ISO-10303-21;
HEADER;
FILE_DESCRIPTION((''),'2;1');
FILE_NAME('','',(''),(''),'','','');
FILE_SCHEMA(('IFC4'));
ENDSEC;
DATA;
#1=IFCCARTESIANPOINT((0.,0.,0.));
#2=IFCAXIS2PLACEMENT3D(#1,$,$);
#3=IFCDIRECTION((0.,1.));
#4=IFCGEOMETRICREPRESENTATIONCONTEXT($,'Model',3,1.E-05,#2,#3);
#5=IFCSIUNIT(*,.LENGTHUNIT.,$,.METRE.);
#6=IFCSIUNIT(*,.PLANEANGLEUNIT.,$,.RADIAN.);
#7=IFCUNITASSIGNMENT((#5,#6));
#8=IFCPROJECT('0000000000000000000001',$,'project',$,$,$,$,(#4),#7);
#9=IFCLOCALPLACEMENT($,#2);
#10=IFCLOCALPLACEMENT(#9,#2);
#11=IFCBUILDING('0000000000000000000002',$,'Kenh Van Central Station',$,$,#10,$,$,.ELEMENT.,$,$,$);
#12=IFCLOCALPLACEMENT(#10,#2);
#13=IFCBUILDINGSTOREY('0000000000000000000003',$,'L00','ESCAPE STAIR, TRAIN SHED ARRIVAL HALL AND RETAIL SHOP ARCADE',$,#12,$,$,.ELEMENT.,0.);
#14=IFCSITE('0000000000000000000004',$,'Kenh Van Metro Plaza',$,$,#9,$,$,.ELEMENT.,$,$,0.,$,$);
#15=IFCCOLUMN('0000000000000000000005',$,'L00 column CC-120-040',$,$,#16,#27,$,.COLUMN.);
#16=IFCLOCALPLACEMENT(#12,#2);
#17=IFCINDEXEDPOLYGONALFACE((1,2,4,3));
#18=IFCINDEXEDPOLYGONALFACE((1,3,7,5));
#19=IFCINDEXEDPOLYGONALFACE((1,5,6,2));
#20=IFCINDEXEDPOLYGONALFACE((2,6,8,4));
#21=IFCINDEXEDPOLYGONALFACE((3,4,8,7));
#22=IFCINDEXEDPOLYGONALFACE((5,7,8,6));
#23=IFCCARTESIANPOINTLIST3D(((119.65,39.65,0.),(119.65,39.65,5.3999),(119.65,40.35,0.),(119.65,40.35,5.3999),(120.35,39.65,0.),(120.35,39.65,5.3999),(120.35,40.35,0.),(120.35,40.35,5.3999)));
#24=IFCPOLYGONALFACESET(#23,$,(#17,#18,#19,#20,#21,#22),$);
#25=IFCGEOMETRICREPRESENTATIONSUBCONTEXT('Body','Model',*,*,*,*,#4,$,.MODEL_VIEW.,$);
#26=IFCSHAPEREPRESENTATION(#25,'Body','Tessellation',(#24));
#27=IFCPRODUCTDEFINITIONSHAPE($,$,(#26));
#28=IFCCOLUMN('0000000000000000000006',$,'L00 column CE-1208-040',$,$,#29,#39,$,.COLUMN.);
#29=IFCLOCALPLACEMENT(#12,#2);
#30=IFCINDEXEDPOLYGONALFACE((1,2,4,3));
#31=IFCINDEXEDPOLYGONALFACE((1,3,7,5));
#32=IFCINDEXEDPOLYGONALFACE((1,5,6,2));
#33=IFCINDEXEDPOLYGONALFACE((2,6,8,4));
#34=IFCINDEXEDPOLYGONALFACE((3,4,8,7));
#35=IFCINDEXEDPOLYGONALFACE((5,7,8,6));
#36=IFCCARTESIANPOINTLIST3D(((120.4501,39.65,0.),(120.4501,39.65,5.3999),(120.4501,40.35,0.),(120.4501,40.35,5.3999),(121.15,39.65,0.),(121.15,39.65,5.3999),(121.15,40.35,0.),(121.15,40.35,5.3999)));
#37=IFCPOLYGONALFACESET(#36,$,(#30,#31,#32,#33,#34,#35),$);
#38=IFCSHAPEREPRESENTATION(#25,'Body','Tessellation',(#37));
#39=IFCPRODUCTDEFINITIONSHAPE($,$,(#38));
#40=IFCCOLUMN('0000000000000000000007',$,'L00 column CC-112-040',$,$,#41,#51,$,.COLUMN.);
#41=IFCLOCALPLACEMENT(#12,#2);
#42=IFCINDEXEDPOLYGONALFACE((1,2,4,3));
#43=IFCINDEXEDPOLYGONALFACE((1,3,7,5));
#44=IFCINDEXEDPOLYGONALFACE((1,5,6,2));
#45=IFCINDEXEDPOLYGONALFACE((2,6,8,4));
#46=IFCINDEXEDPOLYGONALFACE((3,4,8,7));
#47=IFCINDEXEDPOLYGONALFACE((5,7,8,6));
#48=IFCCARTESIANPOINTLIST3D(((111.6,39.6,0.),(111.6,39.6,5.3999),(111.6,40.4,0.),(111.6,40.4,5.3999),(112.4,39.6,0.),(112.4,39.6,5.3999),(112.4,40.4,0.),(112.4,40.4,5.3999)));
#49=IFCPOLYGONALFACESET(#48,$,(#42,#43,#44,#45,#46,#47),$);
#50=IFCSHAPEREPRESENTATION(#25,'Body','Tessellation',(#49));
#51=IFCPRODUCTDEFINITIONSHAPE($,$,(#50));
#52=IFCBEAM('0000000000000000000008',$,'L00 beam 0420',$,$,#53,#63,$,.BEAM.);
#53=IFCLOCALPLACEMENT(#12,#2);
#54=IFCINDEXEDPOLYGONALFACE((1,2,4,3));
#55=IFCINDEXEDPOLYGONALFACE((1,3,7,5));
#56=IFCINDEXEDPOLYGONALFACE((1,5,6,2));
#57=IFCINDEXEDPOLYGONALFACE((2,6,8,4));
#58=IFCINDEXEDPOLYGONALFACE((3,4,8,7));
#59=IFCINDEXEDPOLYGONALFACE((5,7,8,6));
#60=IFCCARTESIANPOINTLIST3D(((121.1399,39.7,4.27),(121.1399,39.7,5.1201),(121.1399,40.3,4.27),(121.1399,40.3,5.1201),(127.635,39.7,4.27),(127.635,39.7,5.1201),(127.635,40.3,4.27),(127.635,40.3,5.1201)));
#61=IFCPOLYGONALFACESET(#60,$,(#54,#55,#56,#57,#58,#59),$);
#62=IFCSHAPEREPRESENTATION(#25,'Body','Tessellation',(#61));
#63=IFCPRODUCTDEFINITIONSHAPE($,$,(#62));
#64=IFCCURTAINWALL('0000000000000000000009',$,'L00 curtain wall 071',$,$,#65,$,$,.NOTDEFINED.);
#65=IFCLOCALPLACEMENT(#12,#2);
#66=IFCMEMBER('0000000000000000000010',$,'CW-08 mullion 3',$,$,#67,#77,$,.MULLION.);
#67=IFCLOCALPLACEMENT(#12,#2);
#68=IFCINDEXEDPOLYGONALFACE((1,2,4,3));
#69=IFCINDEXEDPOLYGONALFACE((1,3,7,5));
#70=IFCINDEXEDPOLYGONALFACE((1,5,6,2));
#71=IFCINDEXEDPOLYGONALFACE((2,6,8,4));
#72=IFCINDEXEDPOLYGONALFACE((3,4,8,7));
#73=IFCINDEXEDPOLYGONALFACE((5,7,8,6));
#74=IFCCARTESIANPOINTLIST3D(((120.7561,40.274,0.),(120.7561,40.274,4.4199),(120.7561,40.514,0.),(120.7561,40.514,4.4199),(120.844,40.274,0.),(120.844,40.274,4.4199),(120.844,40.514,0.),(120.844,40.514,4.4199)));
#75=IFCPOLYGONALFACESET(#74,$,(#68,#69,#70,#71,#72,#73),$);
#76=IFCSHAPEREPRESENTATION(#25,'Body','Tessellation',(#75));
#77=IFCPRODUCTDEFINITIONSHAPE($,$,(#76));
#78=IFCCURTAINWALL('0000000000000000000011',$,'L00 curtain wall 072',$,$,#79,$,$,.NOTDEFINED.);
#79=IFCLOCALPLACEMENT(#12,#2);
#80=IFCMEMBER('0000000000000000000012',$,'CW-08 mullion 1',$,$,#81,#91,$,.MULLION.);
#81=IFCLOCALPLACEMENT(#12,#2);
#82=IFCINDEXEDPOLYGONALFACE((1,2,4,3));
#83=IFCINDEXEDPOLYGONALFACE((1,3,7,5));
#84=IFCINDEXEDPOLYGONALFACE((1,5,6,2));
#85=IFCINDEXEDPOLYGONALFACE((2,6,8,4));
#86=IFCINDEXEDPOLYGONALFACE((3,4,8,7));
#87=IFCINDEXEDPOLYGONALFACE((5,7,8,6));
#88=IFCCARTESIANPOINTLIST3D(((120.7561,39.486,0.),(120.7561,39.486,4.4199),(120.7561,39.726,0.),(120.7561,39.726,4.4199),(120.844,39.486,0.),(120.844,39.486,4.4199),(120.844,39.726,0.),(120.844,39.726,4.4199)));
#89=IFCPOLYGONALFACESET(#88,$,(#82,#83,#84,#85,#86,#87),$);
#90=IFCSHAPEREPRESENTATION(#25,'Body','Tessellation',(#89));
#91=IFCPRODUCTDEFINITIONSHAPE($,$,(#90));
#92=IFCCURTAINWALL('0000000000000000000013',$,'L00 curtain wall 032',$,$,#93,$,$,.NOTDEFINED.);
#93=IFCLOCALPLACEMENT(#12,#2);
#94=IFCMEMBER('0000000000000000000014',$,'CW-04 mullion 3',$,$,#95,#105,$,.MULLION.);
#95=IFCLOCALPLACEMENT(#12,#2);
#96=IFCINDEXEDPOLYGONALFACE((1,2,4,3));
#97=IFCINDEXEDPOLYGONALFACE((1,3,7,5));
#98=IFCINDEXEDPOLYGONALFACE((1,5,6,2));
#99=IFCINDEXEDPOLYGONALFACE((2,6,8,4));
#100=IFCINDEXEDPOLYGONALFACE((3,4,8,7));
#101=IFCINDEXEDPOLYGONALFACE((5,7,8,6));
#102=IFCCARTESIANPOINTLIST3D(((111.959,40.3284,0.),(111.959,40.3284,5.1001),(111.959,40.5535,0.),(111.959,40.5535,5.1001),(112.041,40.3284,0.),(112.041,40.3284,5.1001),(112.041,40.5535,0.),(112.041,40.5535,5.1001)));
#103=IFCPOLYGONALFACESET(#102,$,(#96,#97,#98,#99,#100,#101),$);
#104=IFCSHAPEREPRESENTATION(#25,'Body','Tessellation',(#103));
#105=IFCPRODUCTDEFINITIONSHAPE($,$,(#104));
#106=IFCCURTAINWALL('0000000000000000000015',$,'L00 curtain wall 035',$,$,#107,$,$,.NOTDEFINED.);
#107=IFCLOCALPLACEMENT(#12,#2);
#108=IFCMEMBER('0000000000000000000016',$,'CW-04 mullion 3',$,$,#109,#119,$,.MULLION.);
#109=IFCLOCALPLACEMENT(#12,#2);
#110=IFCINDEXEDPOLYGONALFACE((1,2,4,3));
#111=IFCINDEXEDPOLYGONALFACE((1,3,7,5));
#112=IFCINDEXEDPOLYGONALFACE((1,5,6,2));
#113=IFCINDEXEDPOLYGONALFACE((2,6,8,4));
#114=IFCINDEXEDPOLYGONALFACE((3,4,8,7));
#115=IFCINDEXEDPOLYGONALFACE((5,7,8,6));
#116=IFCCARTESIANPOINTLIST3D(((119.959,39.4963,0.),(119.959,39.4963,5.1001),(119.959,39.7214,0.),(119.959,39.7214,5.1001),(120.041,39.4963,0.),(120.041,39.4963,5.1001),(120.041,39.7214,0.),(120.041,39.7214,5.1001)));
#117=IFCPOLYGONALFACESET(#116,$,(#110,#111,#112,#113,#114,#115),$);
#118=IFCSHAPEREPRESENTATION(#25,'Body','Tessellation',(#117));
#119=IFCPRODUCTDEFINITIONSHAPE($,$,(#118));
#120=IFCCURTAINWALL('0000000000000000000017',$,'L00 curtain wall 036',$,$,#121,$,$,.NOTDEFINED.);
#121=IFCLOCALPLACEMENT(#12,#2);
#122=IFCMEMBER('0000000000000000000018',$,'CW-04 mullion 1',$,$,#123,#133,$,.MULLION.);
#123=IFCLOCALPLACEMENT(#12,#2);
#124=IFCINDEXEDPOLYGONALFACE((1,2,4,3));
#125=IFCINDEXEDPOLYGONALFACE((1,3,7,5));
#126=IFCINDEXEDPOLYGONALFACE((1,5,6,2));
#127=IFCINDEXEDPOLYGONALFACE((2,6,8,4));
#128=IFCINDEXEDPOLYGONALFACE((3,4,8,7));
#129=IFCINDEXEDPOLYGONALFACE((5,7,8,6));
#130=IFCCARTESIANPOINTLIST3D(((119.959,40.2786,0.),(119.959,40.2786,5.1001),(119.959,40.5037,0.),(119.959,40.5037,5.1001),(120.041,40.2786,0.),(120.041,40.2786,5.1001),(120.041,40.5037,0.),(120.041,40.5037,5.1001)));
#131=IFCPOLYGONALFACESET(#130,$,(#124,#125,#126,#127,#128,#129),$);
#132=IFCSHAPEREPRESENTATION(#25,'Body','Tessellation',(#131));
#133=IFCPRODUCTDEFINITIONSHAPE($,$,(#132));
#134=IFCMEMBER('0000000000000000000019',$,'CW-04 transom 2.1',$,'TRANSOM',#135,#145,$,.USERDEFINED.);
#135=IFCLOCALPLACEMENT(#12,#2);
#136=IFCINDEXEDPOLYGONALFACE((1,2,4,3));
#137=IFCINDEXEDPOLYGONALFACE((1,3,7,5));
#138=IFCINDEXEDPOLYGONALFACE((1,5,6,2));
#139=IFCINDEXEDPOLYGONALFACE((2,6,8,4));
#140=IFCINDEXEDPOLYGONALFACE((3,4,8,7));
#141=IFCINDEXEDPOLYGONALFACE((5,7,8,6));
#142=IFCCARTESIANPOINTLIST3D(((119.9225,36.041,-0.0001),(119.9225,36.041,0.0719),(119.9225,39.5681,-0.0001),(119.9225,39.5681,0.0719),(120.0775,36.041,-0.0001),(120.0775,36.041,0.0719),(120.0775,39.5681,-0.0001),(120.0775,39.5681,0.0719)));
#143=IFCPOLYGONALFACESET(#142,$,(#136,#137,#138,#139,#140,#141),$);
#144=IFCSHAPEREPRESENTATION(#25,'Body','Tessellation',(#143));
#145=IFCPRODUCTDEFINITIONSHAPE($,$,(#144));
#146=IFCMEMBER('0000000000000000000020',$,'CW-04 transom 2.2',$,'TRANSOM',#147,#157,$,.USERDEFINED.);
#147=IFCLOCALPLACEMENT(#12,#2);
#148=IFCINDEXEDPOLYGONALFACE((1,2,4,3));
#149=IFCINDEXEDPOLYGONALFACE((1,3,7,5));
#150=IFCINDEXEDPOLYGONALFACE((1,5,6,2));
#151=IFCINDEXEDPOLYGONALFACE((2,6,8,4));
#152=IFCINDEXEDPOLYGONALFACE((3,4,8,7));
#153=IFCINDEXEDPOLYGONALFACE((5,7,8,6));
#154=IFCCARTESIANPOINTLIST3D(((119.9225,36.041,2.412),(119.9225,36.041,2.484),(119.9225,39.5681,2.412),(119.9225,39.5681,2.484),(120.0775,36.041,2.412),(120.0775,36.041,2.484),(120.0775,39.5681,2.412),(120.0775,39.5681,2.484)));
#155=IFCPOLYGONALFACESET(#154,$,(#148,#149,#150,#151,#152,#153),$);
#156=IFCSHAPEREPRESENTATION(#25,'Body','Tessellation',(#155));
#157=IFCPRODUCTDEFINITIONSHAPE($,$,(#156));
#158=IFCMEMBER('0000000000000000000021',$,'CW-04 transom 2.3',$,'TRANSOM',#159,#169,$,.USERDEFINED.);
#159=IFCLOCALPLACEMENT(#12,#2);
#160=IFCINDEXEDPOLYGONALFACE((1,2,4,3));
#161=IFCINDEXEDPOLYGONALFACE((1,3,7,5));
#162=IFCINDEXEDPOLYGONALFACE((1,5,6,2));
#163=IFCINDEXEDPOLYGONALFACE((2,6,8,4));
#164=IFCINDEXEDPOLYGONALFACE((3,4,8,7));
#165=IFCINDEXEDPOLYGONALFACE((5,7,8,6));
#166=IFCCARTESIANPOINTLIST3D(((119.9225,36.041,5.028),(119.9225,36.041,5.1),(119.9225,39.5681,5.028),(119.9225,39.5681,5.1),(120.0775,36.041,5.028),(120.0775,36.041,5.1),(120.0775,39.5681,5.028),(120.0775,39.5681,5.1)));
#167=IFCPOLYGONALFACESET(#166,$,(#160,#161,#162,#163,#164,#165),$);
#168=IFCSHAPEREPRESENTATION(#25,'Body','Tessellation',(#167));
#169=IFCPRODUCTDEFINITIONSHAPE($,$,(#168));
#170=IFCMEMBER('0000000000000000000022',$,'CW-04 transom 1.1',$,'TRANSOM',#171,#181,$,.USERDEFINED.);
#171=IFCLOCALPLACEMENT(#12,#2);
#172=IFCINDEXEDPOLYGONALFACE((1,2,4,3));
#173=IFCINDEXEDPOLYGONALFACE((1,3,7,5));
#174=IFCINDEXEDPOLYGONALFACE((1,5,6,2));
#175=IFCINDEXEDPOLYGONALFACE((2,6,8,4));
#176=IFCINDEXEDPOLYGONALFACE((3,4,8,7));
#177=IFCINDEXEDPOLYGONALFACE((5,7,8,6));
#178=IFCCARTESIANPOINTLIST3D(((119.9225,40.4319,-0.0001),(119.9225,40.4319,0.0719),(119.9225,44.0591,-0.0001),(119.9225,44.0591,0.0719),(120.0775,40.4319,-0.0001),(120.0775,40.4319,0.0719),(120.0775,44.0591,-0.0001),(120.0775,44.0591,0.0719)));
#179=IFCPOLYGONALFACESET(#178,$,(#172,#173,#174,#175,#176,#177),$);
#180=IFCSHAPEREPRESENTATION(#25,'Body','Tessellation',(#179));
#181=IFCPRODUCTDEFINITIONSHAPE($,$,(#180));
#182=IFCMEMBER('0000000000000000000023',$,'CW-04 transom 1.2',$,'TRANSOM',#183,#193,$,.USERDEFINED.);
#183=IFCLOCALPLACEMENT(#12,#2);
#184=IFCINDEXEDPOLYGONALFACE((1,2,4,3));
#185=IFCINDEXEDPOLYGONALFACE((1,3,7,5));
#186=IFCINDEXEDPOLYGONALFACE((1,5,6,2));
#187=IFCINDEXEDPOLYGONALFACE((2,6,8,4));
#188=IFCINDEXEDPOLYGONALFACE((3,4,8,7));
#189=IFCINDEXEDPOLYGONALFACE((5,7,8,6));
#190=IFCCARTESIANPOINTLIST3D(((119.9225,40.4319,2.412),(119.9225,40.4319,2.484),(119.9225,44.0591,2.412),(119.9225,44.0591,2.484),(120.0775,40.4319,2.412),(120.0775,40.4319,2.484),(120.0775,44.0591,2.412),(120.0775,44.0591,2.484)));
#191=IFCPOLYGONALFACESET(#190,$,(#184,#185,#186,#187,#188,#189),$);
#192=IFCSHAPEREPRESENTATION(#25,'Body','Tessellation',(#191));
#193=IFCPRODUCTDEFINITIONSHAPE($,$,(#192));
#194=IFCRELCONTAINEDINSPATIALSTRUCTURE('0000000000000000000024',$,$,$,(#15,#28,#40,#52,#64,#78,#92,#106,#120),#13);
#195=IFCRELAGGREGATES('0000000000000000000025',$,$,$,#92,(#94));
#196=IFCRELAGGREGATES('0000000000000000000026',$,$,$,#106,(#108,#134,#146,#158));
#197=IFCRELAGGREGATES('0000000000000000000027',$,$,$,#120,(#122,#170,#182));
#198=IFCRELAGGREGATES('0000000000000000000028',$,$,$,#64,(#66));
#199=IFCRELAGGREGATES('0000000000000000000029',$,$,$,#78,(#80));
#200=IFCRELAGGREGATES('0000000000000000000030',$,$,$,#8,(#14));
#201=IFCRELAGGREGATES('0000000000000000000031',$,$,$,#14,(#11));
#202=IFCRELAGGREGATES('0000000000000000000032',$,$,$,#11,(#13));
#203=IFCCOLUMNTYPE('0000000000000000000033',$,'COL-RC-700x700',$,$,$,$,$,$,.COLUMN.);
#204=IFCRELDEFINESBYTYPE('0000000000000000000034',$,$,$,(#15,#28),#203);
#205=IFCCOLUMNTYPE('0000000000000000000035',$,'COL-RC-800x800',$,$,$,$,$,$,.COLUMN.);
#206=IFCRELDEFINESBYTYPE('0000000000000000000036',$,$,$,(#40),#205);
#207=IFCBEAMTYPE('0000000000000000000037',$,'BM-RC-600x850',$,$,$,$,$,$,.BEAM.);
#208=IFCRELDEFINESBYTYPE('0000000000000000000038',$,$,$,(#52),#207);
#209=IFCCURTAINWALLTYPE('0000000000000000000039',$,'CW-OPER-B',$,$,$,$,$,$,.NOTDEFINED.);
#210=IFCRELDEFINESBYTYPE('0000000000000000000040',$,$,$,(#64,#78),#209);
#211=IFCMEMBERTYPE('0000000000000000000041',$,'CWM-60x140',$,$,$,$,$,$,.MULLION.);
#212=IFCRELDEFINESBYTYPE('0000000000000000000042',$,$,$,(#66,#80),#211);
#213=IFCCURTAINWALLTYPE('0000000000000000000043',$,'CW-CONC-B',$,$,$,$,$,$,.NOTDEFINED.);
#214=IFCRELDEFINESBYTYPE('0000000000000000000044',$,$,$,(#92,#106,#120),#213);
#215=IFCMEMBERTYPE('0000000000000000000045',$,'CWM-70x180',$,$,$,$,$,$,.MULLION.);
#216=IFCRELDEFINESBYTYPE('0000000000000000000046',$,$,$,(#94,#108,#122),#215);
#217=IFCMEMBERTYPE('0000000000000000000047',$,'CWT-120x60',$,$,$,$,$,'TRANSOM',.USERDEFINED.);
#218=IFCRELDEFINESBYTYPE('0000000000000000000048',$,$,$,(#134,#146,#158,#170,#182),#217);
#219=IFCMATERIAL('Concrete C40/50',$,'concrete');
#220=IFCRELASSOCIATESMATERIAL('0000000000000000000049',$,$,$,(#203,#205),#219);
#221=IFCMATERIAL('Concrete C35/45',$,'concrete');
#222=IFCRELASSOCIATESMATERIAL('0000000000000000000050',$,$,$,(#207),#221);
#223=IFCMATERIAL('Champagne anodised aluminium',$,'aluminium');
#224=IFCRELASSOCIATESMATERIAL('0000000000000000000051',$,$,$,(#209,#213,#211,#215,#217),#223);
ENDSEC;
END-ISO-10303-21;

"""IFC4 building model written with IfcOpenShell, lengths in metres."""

from ifc_helpers import new_model, si_unit, direction, frame, origin, origin_2d, place, context, subcontext, project, spatial, rectangle, extrude, material, material_profile, profile_set, type_object, element, aggregate, save


model = new_model("IFC4")

# Units and contexts
model_context = context("Model", 3, precision=1e-05, world=origin(), true_north=direction((0.0, 1.0)))
body_context = subcontext(model_context, "Body", "Model", "MODEL_VIEW")
ifc_project = project(units=[si_unit("LENGTHUNIT", "METRE"), si_unit("PLANEANGLEUNIT", "RADIAN")], contexts=[model_context])

# Site, building, storey
site_placement = place(None, origin())
site = spatial("IfcSite", under=ifc_project, at=site_placement, Name="Kenh Van Metro Plaza", CompositionType="ELEMENT", RefElevation=0.0)
building_placement = place(site_placement, origin())
building = spatial("IfcBuilding", under=site, at=building_placement, Name="Kenh Van Central Station", CompositionType="ELEMENT")
storey_placement = place(building_placement, origin())
storey = spatial("IfcBuildingStorey", under=building, at=storey_placement, Name="L00", Description="ESCAPE STAIR, TRAIN SHED ARRIVAL HALL AND RETAIL SHOP ARCADE", CompositionType="ELEMENT", Elevation=0.0)

# Columns
ifc_material_1 = material(Name="Concrete C40/50", Category="concrete")
ifc_material_profile_1 = material_profile(ifc_material_1, rectangle(XDim=0.7, YDim=0.7, at=origin_2d()), Name="RC 700x700")
ifc_profile_set_1 = profile_set([ifc_material_profile_1], Name="Concrete C40/50")
column_type_1 = type_object("IfcColumnType", Name="COL-RC-700x700", PredefinedType="COLUMN", material=ifc_profile_set_1)
for number, where, z_axis, x_axis, name in (
    (1, (120.0, 40.0, 0.0), (0.0, 0.0, 1.0), (1.0, 0.0, 0.0), "L00 column CC-120-040"),
    (2, (120.8, 40.0, 0.0), (0.0, 0.0, 1.0), (1.0, 0.0, 0.0), "L00 column CE-1208-040"),
):
    element("IfcColumn", number, at=place(storey_placement, frame(where, z_axis=z_axis, x_axis=x_axis)), inside=storey, type_object=column_type_1, Name=name, PredefinedType="COLUMN", context=body_context, shape_type="SweptSolid", body=[
        extrude(rectangle(XDim=0.7, YDim=0.7, at=origin_2d()), origin(), (0.0, 0.0, 1.0), 5.3999),
    ])
ifc_material_profile_2 = material_profile(ifc_material_1, rectangle(XDim=0.8, YDim=0.8, at=origin_2d()), Name="RC 800x800")
ifc_profile_set_2 = profile_set([ifc_material_profile_2], Name="Concrete C40/50")
column_type_2 = type_object("IfcColumnType", Name="COL-RC-800x800", PredefinedType="COLUMN", material=ifc_profile_set_2)
column_placement = place(storey_placement, frame((112.0, 40.0, 0.0), z_axis=(0.0, 0.0, 1.0), x_axis=(1.0, 0.0, 0.0)))
element("IfcColumn", 3, at=column_placement, inside=storey, type_object=column_type_2, Name="L00 column CC-112-040", PredefinedType="COLUMN", context=body_context, shape_type="SweptSolid", body=[
    extrude(rectangle(XDim=0.8, YDim=0.8, at=origin_2d()), origin(), (0.0, 0.0, 1.0), 5.3999),
])

# Beam
ifc_material_2 = material(Name="Concrete C35/45", Category="concrete")
ifc_material_profile_3 = material_profile(ifc_material_2, rectangle(XDim=0.6001, YDim=0.8501, at=origin_2d()), Name="RC 600x850")
ifc_profile_set_3 = profile_set([ifc_material_profile_3], Name="Concrete C35/45")
beam_type_1 = type_object("IfcBeamType", Name="BM-RC-600x850", PredefinedType="BEAM", material=ifc_profile_set_3)
beam_1_placement = place(storey_placement, frame((121.1399, 40.0, 4.6951), z_axis=(1.0, 0.0, 0.0), x_axis=(0.0, 1.0, 0.0)))
element("IfcBeam", 4, at=beam_1_placement, inside=storey, type_object=beam_type_1, Name="L00 beam 0420", PredefinedType="BEAM", context=body_context, shape_type="SweptSolid", body=[
    extrude(rectangle(XDim=0.6001, YDim=0.8501, at=origin_2d()), origin(), (0.0, 0.0, 1.0), 6.4951),
])

# Curtain walls, members
ifc_material_3 = material(Name="Champagne anodised aluminium", Category="aluminium")
curtain_wall_type_1 = type_object("IfcCurtainWallType", Name="CW-OPER-B", PredefinedType="NOTDEFINED", material=ifc_material_3)
curtain_wall_1_placement = place(storey_placement, origin())
curtain_wall_1 = element("IfcCurtainWall", 5, at=curtain_wall_1_placement, inside=storey, type_object=curtain_wall_type_1, Name="L00 curtain wall 071", PredefinedType="NOTDEFINED")
ifc_material_profile_4 = material_profile(ifc_material_3, rectangle(XDim=0.0879, YDim=0.24, at=origin_2d()), Name="AL 88x240")
ifc_profile_set_4 = profile_set([ifc_material_profile_4], Name="Champagne anodised aluminium")
member_type_1 = type_object("IfcMemberType", Name="CWM-60x140", PredefinedType="MULLION", material=ifc_profile_set_4)
member_1_placement = place(storey_placement, frame((120.8, 40.394, 0.0), z_axis=(0.0, 0.0, 1.0), x_axis=(1.0, 0.0, 0.0)))
member_1 = element("IfcMember", 6, at=member_1_placement, type_object=member_type_1, Name="CW-08 mullion 3", PredefinedType="MULLION", context=body_context, shape_type="SweptSolid", body=[
    extrude(rectangle(XDim=0.0879, YDim=0.24, at=origin_2d()), origin(), (0.0, 0.0, 1.0), 4.4199),
])
curtain_wall_2_placement = place(storey_placement, origin())
curtain_wall_2 = element("IfcCurtainWall", 7, at=curtain_wall_2_placement, inside=storey, type_object=curtain_wall_type_1, Name="L00 curtain wall 072", PredefinedType="NOTDEFINED")
member_2_placement = place(storey_placement, frame((120.8, 39.606, 0.0), z_axis=(0.0, 0.0, 1.0), x_axis=(1.0, 0.0, 0.0)))
member_2 = element("IfcMember", 8, at=member_2_placement, type_object=member_type_1, Name="CW-08 mullion 1", PredefinedType="MULLION", context=body_context, shape_type="SweptSolid", body=[
    extrude(rectangle(XDim=0.0879, YDim=0.24, at=origin_2d()), origin(), (0.0, 0.0, 1.0), 4.4199),
])
curtain_wall_type_2 = type_object("IfcCurtainWallType", Name="CW-CONC-B", PredefinedType="NOTDEFINED", material=ifc_material_3)
curtain_wall_3_placement = place(storey_placement, origin())
curtain_wall_3 = element("IfcCurtainWall", 9, at=curtain_wall_3_placement, inside=storey, type_object=curtain_wall_type_2, Name="L00 curtain wall 032", PredefinedType="NOTDEFINED")
ifc_material_profile_5 = material_profile(ifc_material_3, rectangle(XDim=0.082, YDim=0.2251, at=origin_2d()), Name="AL 82x225")
ifc_profile_set_5 = profile_set([ifc_material_profile_5], Name="Champagne anodised aluminium")
member_type_2 = type_object("IfcMemberType", Name="CWM-70x180", PredefinedType="MULLION", material=ifc_profile_set_5)
member_3_placement = place(storey_placement, frame((112.0, 40.4409, 0.0), z_axis=(0.0, 0.0, 1.0), x_axis=(1.0, 0.0, 0.0)))
member_3 = element("IfcMember", 10, at=member_3_placement, type_object=member_type_2, Name="CW-04 mullion 3", PredefinedType="MULLION", context=body_context, shape_type="SweptSolid", body=[
    extrude(rectangle(XDim=0.082, YDim=0.2251, at=origin_2d()), origin(), (0.0, 0.0, 1.0), 5.1001),
])
curtain_wall_4_placement = place(storey_placement, origin())
curtain_wall_4 = element("IfcCurtainWall", 11, at=curtain_wall_4_placement, inside=storey, type_object=curtain_wall_type_2, Name="L00 curtain wall 035", PredefinedType="NOTDEFINED")
member_4_placement = place(storey_placement, frame((120.0, 39.6089, 0.0), z_axis=(0.0, 0.0, 1.0), x_axis=(-1.0, 0.0, 0.0)))
member_4 = element("IfcMember", 12, at=member_4_placement, type_object=member_type_2, Name="CW-04 mullion 3", PredefinedType="MULLION", context=body_context, shape_type="SweptSolid", body=[
    extrude(rectangle(XDim=0.082, YDim=0.2251, at=origin_2d()), origin(), (0.0, 0.0, 1.0), 5.1001),
])
curtain_wall_5_placement = place(storey_placement, origin())
curtain_wall_5 = element("IfcCurtainWall", 13, at=curtain_wall_5_placement, inside=storey, type_object=curtain_wall_type_2, Name="L00 curtain wall 036", PredefinedType="NOTDEFINED")
member_5_placement = place(storey_placement, frame((120.0, 40.3911, 0.0), z_axis=(0.0, 0.0, 1.0), x_axis=(-1.0, 0.0, 0.0)))
member_5 = element("IfcMember", 14, at=member_5_placement, type_object=member_type_2, Name="CW-04 mullion 1", PredefinedType="MULLION", context=body_context, shape_type="SweptSolid", body=[
    extrude(rectangle(XDim=0.082, YDim=0.2251, at=origin_2d()), origin(), (0.0, 0.0, 1.0), 5.1001),
])

# Members
ifc_material_profile_6 = material_profile(ifc_material_3, rectangle(XDim=0.155, YDim=0.072, at=origin_2d()), Name="AL 155x72")
ifc_profile_set_6 = profile_set([ifc_material_profile_6], Name="Champagne anodised aluminium")
member_type_3 = type_object("IfcMemberType", Name="CWT-120x60", ElementType="TRANSOM", PredefinedType="USERDEFINED", material=ifc_profile_set_6)
member_6_placement = place(storey_placement, frame((120.0, 36.041, 0.0359), z_axis=(0.0, 1.0, 0.0), x_axis=(-1.0, 0.0, 0.0)))
member_6 = element("IfcMember", 15, at=member_6_placement, type_object=member_type_3, Name="CW-04 transom 2.1", ObjectType="TRANSOM", PredefinedType="USERDEFINED", context=body_context, shape_type="SweptSolid", body=[
    extrude(rectangle(XDim=0.155, YDim=0.072, at=origin_2d()), origin(), (0.0, 0.0, 1.0), 3.5271),
])
member_7_placement = place(storey_placement, frame((120.0, 36.041, 2.448), z_axis=(0.0, 1.0, 0.0), x_axis=(-1.0, 0.0, 0.0)))
member_7 = element("IfcMember", 16, at=member_7_placement, type_object=member_type_3, Name="CW-04 transom 2.2", ObjectType="TRANSOM", PredefinedType="USERDEFINED", context=body_context, shape_type="SweptSolid", body=[
    extrude(rectangle(XDim=0.155, YDim=0.072, at=origin_2d()), origin(), (0.0, 0.0, 1.0), 3.5271),
])
member_8_placement = place(storey_placement, frame((120.0, 36.041, 5.064), z_axis=(0.0, 1.0, 0.0), x_axis=(-1.0, 0.0, 0.0)))
member_8 = element("IfcMember", 17, at=member_8_placement, type_object=member_type_3, Name="CW-04 transom 2.3", ObjectType="TRANSOM", PredefinedType="USERDEFINED", context=body_context, shape_type="SweptSolid", body=[
    extrude(rectangle(XDim=0.155, YDim=0.072, at=origin_2d()), origin(), (0.0, 0.0, 1.0), 3.5271),
])
member_9_placement = place(storey_placement, frame((120.0, 40.4319, 0.0359), z_axis=(0.0, 1.0, 0.0), x_axis=(-1.0, 0.0, 0.0)))
member_9 = element("IfcMember", 18, at=member_9_placement, type_object=member_type_3, Name="CW-04 transom 1.1", ObjectType="TRANSOM", PredefinedType="USERDEFINED", context=body_context, shape_type="SweptSolid", body=[
    extrude(rectangle(XDim=0.155, YDim=0.072, at=origin_2d()), origin(), (0.0, 0.0, 1.0), 3.6272),
])
member_10_placement = place(storey_placement, frame((120.0, 40.4319, 2.448), z_axis=(0.0, 1.0, 0.0), x_axis=(-1.0, 0.0, 0.0)))
member_10 = element("IfcMember", 19, at=member_10_placement, type_object=member_type_3, Name="CW-04 transom 1.2", ObjectType="TRANSOM", PredefinedType="USERDEFINED", context=body_context, shape_type="SweptSolid", body=[
    extrude(rectangle(XDim=0.155, YDim=0.072, at=origin_2d()), origin(), (0.0, 0.0, 1.0), 3.6272),
])

aggregate(curtain_wall_3, [member_3])
aggregate(curtain_wall_4, [member_4, member_6, member_7, member_8])
aggregate(curtain_wall_5, [member_5, member_9, member_10])
aggregate(curtain_wall_1, [member_1])
aggregate(curtain_wall_2, [member_2])

save(model, "model.ifc")
